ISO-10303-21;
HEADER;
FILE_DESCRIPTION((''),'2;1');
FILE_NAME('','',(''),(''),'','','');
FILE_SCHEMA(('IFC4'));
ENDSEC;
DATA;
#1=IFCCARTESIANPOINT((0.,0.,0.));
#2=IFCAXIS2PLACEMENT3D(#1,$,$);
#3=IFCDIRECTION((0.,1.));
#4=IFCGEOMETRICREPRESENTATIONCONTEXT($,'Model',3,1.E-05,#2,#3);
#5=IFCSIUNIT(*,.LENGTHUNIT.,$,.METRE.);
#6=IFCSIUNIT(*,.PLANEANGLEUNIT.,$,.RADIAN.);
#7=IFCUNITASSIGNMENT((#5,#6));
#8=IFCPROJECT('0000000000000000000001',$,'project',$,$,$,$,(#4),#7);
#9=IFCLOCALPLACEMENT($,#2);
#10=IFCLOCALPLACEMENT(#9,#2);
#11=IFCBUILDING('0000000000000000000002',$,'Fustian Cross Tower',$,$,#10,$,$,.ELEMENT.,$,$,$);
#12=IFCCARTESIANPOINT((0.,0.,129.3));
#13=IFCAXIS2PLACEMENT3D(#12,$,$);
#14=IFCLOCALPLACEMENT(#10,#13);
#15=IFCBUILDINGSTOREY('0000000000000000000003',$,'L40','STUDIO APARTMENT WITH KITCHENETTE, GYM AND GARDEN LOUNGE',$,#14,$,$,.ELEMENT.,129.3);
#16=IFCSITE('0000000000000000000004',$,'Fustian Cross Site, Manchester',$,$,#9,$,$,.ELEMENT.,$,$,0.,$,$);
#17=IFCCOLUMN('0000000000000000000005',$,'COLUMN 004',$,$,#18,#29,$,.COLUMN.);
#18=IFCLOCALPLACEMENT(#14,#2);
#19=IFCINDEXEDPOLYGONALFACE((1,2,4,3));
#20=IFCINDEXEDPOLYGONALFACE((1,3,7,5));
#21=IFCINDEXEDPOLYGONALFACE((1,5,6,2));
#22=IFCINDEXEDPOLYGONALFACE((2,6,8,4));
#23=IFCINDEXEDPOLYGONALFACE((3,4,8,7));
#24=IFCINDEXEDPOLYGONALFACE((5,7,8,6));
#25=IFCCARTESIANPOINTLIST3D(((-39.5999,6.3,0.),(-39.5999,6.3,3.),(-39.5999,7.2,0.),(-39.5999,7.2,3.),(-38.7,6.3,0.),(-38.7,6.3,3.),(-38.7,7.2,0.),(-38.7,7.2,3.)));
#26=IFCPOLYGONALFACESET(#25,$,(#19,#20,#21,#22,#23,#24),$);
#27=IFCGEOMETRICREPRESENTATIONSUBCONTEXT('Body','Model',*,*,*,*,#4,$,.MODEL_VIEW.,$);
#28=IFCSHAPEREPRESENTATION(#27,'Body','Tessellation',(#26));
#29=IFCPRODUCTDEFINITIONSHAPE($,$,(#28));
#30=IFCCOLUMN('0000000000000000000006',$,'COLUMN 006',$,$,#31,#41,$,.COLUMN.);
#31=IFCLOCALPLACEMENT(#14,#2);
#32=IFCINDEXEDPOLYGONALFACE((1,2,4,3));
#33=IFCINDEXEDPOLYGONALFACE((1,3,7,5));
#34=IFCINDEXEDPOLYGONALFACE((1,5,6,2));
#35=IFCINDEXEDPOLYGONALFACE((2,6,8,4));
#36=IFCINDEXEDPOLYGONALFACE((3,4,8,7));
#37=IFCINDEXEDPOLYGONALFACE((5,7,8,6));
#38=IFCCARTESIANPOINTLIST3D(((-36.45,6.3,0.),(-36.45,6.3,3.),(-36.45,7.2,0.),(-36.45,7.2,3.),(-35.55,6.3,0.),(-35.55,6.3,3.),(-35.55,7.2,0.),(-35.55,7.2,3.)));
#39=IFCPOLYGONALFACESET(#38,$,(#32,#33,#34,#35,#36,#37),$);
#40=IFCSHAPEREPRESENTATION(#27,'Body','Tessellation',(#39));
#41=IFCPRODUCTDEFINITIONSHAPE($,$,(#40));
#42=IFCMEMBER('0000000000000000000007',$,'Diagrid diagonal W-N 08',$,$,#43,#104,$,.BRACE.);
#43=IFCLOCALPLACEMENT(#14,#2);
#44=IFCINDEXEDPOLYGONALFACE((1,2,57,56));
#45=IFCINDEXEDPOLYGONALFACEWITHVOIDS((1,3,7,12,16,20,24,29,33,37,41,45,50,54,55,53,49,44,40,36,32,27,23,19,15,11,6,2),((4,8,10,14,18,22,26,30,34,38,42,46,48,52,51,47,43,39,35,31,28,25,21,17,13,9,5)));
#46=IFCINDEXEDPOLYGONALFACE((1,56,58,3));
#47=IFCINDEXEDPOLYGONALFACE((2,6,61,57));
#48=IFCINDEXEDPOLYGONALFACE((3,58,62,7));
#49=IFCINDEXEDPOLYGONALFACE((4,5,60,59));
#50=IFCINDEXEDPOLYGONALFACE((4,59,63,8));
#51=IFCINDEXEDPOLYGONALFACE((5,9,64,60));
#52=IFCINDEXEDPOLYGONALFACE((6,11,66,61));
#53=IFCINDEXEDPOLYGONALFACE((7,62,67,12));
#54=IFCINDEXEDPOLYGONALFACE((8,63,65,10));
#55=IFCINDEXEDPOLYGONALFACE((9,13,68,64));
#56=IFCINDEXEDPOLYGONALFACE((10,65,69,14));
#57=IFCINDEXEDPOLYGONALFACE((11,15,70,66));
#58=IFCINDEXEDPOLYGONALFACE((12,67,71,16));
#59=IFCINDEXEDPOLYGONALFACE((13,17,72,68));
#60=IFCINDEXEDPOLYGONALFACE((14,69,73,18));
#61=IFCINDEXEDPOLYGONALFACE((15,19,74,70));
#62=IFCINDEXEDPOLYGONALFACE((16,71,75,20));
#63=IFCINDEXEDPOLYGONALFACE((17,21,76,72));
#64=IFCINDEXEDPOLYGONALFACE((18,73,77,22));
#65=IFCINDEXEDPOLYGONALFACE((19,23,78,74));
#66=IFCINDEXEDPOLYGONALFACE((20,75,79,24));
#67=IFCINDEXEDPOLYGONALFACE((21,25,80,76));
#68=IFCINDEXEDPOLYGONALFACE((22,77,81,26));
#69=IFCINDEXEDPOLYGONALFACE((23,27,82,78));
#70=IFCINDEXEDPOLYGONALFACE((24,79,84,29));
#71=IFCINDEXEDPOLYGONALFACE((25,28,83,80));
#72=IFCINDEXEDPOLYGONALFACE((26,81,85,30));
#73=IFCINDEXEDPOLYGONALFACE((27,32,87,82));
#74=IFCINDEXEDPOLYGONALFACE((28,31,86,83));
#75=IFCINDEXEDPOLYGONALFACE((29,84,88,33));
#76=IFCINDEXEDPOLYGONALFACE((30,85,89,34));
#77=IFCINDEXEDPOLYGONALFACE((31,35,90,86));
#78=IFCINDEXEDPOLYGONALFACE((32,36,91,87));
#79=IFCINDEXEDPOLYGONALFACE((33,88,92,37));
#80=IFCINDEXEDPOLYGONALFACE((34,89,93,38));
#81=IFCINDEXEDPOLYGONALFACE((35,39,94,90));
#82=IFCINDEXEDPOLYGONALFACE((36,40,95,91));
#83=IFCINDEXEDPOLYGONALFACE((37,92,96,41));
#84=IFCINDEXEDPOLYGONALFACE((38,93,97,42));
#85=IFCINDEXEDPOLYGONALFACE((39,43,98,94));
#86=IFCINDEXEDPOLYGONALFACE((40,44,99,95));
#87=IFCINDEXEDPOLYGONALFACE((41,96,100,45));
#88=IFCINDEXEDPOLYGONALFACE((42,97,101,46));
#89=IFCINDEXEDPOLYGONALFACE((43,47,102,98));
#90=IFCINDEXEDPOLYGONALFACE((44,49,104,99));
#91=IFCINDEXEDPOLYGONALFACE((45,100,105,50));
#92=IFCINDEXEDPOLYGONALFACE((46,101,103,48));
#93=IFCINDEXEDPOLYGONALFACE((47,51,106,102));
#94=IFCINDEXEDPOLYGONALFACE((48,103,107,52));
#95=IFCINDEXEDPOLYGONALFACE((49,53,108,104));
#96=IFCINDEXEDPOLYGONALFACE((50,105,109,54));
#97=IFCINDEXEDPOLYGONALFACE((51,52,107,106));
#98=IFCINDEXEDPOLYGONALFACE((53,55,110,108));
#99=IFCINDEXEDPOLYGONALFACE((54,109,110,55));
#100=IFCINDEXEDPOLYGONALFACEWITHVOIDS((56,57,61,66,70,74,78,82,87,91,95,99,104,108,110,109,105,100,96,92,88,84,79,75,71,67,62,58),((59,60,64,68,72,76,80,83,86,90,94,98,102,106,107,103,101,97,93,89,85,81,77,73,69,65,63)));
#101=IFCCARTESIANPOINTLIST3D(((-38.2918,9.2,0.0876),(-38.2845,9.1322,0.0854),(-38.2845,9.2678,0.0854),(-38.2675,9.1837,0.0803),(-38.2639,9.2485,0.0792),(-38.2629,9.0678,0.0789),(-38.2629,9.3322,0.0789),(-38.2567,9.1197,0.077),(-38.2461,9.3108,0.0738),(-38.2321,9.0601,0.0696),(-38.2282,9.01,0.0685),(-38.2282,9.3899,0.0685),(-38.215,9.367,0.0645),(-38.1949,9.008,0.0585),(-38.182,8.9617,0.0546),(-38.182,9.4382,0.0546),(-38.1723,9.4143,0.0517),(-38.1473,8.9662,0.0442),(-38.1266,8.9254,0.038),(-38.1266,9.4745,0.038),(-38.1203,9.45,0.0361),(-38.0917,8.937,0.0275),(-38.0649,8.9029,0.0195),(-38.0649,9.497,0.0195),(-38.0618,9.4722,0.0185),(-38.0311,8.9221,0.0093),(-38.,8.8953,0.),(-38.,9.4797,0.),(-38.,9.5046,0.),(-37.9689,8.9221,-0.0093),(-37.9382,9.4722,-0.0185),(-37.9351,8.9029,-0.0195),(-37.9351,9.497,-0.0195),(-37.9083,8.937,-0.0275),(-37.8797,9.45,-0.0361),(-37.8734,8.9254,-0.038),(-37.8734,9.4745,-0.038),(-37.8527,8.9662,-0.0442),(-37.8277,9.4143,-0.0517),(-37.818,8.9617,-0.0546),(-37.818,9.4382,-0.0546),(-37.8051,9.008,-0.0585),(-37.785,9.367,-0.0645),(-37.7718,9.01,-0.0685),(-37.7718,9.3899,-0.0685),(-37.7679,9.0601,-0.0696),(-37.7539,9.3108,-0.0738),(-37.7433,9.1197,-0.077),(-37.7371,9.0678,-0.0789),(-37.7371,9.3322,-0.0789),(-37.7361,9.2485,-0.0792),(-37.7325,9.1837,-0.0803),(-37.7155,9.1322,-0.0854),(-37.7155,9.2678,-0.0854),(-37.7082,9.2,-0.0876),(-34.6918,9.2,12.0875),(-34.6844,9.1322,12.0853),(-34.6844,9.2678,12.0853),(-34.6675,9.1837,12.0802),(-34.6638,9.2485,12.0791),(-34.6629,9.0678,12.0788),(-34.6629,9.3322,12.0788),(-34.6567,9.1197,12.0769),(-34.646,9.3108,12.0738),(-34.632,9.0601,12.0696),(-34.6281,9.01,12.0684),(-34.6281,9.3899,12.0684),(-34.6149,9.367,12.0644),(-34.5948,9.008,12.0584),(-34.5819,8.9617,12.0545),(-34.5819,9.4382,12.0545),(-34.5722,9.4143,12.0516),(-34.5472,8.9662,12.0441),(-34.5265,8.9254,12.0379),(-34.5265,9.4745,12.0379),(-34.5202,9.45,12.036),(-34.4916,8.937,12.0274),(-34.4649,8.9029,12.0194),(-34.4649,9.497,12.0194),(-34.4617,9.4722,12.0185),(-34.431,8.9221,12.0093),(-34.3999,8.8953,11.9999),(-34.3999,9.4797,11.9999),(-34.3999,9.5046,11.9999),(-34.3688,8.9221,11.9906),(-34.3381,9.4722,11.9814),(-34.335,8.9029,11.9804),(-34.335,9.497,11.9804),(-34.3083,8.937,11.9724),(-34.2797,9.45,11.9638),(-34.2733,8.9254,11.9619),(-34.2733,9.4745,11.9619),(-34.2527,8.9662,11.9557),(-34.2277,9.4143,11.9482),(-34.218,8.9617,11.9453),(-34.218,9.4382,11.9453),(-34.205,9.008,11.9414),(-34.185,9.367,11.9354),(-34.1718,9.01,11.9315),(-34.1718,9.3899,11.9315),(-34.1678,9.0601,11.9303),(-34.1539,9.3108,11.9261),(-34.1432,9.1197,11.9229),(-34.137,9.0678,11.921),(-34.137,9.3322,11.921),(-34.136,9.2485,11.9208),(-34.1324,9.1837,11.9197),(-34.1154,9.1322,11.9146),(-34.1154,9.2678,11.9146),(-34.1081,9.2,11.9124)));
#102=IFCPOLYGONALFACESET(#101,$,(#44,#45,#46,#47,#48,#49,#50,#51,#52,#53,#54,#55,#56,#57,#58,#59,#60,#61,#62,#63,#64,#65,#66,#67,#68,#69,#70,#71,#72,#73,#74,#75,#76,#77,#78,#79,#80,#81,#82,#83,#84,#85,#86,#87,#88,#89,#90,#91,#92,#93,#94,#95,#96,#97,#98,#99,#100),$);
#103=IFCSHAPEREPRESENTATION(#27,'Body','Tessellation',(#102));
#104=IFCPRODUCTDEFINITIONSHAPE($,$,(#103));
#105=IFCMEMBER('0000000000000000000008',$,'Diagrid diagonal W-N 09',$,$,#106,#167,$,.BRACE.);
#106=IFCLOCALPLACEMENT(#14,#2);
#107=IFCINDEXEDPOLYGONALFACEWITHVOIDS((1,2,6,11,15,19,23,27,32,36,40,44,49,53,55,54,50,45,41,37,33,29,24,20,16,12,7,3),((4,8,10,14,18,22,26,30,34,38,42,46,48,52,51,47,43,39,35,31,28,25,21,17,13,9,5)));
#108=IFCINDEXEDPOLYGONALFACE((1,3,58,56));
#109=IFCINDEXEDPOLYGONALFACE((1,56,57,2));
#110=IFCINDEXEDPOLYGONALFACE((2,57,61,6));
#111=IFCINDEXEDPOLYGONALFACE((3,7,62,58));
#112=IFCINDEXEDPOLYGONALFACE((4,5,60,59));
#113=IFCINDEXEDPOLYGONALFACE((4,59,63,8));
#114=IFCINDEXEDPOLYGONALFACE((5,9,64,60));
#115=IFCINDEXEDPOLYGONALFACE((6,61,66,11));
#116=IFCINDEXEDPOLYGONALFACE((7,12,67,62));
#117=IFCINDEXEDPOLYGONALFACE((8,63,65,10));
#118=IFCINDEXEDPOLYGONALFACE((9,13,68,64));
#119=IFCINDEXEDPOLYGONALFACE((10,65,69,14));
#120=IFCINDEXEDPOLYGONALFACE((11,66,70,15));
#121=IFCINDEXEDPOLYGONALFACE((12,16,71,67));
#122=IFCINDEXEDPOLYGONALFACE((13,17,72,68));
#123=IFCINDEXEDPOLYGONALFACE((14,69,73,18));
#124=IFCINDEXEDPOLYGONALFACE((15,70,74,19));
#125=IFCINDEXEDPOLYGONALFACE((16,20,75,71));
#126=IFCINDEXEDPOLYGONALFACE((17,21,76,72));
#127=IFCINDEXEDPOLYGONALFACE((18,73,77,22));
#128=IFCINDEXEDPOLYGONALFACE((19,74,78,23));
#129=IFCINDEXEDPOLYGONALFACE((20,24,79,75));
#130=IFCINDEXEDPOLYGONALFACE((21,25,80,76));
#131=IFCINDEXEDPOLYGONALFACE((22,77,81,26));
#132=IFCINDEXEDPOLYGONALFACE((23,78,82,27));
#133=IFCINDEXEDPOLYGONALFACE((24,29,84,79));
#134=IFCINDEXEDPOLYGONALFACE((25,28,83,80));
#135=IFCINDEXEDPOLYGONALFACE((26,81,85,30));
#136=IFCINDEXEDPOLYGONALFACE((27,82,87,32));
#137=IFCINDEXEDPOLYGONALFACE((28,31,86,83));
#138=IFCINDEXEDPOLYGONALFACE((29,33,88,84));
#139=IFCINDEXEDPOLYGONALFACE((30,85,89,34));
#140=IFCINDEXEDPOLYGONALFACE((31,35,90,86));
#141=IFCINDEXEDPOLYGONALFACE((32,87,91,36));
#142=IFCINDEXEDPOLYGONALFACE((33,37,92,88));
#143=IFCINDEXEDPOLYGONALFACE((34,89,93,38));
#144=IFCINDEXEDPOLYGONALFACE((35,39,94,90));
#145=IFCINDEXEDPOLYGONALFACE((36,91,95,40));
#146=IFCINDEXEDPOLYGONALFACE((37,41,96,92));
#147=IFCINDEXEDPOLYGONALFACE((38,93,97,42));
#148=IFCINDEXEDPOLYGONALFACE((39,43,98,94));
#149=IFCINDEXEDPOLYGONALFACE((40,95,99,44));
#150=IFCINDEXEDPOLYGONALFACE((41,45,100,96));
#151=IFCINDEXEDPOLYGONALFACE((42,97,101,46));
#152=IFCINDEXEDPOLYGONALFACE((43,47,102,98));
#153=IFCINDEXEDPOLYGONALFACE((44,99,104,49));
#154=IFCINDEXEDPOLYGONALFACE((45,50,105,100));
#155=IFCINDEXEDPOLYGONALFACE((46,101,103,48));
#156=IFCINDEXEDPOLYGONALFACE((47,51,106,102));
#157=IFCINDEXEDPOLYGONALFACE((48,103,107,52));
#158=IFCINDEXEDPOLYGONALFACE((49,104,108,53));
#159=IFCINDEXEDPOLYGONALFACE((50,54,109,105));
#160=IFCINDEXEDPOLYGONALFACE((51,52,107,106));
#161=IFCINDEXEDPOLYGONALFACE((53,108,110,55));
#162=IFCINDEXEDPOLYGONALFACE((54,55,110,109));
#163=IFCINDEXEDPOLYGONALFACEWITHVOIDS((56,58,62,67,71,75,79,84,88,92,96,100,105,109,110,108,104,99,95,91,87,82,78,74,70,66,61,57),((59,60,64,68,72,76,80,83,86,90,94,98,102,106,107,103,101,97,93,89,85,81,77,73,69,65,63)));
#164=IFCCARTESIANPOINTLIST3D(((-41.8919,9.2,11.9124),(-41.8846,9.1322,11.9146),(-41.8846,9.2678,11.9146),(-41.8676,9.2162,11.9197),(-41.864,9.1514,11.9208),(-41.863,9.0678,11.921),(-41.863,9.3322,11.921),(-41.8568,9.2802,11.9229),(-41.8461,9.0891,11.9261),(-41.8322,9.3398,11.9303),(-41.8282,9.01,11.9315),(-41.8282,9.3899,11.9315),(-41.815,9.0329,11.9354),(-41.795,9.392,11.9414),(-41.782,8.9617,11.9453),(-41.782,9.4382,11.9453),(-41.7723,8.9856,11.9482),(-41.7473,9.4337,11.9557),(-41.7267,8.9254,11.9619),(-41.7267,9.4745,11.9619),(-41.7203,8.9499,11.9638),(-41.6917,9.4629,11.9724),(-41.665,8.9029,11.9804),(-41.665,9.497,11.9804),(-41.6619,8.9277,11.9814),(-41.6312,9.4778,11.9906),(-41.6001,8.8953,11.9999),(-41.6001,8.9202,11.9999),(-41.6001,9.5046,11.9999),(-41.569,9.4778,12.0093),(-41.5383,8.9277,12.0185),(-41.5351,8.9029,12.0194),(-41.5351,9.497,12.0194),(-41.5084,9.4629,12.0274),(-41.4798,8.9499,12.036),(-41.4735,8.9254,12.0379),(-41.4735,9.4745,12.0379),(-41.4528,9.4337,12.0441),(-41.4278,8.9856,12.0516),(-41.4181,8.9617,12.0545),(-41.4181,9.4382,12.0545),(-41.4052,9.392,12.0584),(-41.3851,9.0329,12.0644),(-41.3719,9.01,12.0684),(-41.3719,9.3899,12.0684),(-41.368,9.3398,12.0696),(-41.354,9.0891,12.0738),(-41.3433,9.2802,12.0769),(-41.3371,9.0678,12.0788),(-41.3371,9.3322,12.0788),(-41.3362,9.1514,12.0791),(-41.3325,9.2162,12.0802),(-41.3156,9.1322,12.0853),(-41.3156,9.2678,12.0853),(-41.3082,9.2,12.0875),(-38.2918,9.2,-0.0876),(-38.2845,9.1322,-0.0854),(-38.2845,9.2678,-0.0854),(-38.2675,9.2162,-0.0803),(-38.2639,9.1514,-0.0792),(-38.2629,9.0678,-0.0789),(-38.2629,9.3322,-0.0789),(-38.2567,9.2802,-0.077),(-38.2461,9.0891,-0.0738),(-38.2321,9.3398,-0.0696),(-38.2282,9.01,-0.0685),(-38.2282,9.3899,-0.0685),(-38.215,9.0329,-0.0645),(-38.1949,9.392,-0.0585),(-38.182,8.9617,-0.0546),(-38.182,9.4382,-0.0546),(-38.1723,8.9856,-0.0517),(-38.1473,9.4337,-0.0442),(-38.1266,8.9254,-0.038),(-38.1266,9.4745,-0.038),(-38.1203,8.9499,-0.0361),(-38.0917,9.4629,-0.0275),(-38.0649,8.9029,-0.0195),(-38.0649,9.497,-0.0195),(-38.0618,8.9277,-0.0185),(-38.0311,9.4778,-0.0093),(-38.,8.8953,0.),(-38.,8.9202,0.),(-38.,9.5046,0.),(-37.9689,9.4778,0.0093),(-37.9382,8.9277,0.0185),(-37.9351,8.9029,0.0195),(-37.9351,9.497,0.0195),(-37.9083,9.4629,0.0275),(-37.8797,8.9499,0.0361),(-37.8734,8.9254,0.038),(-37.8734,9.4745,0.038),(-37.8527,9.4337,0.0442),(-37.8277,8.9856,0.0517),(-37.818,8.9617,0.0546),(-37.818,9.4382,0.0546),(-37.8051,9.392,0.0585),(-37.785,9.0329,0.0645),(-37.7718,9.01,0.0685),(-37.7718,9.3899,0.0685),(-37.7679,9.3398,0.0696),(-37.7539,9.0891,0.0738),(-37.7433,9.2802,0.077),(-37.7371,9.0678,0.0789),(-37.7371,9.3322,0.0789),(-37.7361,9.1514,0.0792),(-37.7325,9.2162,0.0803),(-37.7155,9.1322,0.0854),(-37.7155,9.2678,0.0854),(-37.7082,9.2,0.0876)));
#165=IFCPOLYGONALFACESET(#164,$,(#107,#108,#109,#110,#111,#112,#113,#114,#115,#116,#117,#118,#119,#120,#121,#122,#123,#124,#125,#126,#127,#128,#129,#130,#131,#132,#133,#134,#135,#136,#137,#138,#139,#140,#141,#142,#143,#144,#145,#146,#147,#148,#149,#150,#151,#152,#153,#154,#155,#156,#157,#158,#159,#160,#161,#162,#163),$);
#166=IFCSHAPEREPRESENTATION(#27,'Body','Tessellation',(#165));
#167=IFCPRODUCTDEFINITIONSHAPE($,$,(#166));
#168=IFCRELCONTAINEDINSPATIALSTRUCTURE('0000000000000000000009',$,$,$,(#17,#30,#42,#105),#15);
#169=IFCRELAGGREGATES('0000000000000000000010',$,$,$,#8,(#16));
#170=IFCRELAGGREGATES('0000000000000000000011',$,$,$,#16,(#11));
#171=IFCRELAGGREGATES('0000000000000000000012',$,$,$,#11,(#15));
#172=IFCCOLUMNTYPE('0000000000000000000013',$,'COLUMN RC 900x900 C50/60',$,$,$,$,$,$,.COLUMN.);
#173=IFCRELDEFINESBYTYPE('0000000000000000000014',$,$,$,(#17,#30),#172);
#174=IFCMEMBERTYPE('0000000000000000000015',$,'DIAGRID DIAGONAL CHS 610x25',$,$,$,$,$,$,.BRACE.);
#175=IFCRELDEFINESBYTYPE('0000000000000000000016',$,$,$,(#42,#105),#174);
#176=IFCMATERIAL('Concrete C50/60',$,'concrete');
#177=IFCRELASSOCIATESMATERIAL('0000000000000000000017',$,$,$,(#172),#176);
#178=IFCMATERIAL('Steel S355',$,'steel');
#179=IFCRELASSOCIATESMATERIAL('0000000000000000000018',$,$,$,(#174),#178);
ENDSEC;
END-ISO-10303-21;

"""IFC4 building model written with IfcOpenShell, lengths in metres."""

from ifc_helpers import new_model, si_unit, direction, frame, origin, origin_2d, place, context, subcontext, project, spatial, rectangle, hollow_circle, extrude, material, material_profile, profile_set, type_object, element, save


model = new_model("IFC4")

# Units and contexts
model_context = context("Model", 3, precision=1e-05, world=origin(), true_north=direction((0.0, 1.0)))
body_context = subcontext(model_context, "Body", "Model", "MODEL_VIEW")
ifc_project = project(units=[si_unit("LENGTHUNIT", "METRE"), si_unit("PLANEANGLEUNIT", "RADIAN")], contexts=[model_context])

# Site, building, storey
site_placement = place(None, origin())
site = spatial("IfcSite", under=ifc_project, at=site_placement, Name="Fustian Cross Site, Manchester", CompositionType="ELEMENT", RefElevation=0.0)
building_placement = place(site_placement, origin())
building = spatial("IfcBuilding", under=site, at=building_placement, Name="Fustian Cross Tower", CompositionType="ELEMENT")
storey_placement = place(building_placement, frame((0.0, 0.0, 129.3)))
storey = spatial("IfcBuildingStorey", under=building, at=storey_placement, Name="L40", Description="STUDIO APARTMENT WITH KITCHENETTE, GYM AND GARDEN LOUNGE", CompositionType="ELEMENT", Elevation=129.3)

# Columns
ifc_material_1 = material(Name="Concrete C50/60", Category="concrete")
ifc_material_profile_1 = material_profile(ifc_material_1, rectangle(XDim=0.8999, YDim=0.8999, at=origin_2d()), Name="RC 900x900")
ifc_profile_set_1 = profile_set([ifc_material_profile_1], Name="Concrete C50/60")
column_type = type_object("IfcColumnType", Name="COLUMN RC 900x900 C50/60", PredefinedType="COLUMN", material=ifc_profile_set_1)
for number, where, z_axis, x_axis, name in (
    (1, (-39.1499, 6.75, 0.0), (0.0, 0.0, 1.0), (1.0, 0.0, 0.0), "COLUMN 004"),
    (2, (-36.0, 6.75, 0.0), (0.0, 0.0, 1.0), (1.0, 0.0, 0.0), "COLUMN 006"),
):
    element("IfcColumn", number, at=place(storey_placement, frame(where, z_axis=z_axis, x_axis=x_axis)), inside=storey, type_object=column_type, Name=name, PredefinedType="COLUMN", context=body_context, shape_type="SweptSolid", body=[
        extrude(rectangle(XDim=0.8999, YDim=0.8999, at=origin_2d()), origin(), (0.0, 0.0, 1.0), 3.0),
    ])

# Members
ifc_material_2 = material(Name="Steel S355", Category="steel")
ifc_material_profile_2 = material_profile(ifc_material_2, hollow_circle(Radius=0.3047, WallThickness=0.0249, at=origin_2d()), Name="CHS 610x25")
ifc_profile_set_2 = profile_set([ifc_material_profile_2], Name="Steel S355")
member_type_1 = type_object("IfcMemberType", Name="DIAGRID DIAGONAL CHS 610x25", PredefinedType="BRACE", material=ifc_profile_set_2)
for number, where, z_axis, x_axis, name in (
    (3, (-38.0, 9.2, 0.0), (0.287355, 0.0, 0.957824), (0.0, 1.0, 0.0), "Diagrid diagonal W-N 08"),
    (4, (-38.0, 9.2, 0.0), (-0.287355, 0.0, 0.957824), (0.0, -1.0, 0.0), "Diagrid diagonal W-N 09"),
):
    element("IfcMember", number, at=place(storey_placement, frame(where, z_axis=z_axis, x_axis=x_axis)), inside=storey, type_object=member_type_1, Name=name, PredefinedType="BRACE", context=body_context, shape_type="SweptSolid", body=[
        extrude(hollow_circle(Radius=0.3047, WallThickness=0.0249, at=origin_2d()), origin(), (0.0, 0.0, 1.0), 12.5283),
    ])

save(model, "model.ifc")
